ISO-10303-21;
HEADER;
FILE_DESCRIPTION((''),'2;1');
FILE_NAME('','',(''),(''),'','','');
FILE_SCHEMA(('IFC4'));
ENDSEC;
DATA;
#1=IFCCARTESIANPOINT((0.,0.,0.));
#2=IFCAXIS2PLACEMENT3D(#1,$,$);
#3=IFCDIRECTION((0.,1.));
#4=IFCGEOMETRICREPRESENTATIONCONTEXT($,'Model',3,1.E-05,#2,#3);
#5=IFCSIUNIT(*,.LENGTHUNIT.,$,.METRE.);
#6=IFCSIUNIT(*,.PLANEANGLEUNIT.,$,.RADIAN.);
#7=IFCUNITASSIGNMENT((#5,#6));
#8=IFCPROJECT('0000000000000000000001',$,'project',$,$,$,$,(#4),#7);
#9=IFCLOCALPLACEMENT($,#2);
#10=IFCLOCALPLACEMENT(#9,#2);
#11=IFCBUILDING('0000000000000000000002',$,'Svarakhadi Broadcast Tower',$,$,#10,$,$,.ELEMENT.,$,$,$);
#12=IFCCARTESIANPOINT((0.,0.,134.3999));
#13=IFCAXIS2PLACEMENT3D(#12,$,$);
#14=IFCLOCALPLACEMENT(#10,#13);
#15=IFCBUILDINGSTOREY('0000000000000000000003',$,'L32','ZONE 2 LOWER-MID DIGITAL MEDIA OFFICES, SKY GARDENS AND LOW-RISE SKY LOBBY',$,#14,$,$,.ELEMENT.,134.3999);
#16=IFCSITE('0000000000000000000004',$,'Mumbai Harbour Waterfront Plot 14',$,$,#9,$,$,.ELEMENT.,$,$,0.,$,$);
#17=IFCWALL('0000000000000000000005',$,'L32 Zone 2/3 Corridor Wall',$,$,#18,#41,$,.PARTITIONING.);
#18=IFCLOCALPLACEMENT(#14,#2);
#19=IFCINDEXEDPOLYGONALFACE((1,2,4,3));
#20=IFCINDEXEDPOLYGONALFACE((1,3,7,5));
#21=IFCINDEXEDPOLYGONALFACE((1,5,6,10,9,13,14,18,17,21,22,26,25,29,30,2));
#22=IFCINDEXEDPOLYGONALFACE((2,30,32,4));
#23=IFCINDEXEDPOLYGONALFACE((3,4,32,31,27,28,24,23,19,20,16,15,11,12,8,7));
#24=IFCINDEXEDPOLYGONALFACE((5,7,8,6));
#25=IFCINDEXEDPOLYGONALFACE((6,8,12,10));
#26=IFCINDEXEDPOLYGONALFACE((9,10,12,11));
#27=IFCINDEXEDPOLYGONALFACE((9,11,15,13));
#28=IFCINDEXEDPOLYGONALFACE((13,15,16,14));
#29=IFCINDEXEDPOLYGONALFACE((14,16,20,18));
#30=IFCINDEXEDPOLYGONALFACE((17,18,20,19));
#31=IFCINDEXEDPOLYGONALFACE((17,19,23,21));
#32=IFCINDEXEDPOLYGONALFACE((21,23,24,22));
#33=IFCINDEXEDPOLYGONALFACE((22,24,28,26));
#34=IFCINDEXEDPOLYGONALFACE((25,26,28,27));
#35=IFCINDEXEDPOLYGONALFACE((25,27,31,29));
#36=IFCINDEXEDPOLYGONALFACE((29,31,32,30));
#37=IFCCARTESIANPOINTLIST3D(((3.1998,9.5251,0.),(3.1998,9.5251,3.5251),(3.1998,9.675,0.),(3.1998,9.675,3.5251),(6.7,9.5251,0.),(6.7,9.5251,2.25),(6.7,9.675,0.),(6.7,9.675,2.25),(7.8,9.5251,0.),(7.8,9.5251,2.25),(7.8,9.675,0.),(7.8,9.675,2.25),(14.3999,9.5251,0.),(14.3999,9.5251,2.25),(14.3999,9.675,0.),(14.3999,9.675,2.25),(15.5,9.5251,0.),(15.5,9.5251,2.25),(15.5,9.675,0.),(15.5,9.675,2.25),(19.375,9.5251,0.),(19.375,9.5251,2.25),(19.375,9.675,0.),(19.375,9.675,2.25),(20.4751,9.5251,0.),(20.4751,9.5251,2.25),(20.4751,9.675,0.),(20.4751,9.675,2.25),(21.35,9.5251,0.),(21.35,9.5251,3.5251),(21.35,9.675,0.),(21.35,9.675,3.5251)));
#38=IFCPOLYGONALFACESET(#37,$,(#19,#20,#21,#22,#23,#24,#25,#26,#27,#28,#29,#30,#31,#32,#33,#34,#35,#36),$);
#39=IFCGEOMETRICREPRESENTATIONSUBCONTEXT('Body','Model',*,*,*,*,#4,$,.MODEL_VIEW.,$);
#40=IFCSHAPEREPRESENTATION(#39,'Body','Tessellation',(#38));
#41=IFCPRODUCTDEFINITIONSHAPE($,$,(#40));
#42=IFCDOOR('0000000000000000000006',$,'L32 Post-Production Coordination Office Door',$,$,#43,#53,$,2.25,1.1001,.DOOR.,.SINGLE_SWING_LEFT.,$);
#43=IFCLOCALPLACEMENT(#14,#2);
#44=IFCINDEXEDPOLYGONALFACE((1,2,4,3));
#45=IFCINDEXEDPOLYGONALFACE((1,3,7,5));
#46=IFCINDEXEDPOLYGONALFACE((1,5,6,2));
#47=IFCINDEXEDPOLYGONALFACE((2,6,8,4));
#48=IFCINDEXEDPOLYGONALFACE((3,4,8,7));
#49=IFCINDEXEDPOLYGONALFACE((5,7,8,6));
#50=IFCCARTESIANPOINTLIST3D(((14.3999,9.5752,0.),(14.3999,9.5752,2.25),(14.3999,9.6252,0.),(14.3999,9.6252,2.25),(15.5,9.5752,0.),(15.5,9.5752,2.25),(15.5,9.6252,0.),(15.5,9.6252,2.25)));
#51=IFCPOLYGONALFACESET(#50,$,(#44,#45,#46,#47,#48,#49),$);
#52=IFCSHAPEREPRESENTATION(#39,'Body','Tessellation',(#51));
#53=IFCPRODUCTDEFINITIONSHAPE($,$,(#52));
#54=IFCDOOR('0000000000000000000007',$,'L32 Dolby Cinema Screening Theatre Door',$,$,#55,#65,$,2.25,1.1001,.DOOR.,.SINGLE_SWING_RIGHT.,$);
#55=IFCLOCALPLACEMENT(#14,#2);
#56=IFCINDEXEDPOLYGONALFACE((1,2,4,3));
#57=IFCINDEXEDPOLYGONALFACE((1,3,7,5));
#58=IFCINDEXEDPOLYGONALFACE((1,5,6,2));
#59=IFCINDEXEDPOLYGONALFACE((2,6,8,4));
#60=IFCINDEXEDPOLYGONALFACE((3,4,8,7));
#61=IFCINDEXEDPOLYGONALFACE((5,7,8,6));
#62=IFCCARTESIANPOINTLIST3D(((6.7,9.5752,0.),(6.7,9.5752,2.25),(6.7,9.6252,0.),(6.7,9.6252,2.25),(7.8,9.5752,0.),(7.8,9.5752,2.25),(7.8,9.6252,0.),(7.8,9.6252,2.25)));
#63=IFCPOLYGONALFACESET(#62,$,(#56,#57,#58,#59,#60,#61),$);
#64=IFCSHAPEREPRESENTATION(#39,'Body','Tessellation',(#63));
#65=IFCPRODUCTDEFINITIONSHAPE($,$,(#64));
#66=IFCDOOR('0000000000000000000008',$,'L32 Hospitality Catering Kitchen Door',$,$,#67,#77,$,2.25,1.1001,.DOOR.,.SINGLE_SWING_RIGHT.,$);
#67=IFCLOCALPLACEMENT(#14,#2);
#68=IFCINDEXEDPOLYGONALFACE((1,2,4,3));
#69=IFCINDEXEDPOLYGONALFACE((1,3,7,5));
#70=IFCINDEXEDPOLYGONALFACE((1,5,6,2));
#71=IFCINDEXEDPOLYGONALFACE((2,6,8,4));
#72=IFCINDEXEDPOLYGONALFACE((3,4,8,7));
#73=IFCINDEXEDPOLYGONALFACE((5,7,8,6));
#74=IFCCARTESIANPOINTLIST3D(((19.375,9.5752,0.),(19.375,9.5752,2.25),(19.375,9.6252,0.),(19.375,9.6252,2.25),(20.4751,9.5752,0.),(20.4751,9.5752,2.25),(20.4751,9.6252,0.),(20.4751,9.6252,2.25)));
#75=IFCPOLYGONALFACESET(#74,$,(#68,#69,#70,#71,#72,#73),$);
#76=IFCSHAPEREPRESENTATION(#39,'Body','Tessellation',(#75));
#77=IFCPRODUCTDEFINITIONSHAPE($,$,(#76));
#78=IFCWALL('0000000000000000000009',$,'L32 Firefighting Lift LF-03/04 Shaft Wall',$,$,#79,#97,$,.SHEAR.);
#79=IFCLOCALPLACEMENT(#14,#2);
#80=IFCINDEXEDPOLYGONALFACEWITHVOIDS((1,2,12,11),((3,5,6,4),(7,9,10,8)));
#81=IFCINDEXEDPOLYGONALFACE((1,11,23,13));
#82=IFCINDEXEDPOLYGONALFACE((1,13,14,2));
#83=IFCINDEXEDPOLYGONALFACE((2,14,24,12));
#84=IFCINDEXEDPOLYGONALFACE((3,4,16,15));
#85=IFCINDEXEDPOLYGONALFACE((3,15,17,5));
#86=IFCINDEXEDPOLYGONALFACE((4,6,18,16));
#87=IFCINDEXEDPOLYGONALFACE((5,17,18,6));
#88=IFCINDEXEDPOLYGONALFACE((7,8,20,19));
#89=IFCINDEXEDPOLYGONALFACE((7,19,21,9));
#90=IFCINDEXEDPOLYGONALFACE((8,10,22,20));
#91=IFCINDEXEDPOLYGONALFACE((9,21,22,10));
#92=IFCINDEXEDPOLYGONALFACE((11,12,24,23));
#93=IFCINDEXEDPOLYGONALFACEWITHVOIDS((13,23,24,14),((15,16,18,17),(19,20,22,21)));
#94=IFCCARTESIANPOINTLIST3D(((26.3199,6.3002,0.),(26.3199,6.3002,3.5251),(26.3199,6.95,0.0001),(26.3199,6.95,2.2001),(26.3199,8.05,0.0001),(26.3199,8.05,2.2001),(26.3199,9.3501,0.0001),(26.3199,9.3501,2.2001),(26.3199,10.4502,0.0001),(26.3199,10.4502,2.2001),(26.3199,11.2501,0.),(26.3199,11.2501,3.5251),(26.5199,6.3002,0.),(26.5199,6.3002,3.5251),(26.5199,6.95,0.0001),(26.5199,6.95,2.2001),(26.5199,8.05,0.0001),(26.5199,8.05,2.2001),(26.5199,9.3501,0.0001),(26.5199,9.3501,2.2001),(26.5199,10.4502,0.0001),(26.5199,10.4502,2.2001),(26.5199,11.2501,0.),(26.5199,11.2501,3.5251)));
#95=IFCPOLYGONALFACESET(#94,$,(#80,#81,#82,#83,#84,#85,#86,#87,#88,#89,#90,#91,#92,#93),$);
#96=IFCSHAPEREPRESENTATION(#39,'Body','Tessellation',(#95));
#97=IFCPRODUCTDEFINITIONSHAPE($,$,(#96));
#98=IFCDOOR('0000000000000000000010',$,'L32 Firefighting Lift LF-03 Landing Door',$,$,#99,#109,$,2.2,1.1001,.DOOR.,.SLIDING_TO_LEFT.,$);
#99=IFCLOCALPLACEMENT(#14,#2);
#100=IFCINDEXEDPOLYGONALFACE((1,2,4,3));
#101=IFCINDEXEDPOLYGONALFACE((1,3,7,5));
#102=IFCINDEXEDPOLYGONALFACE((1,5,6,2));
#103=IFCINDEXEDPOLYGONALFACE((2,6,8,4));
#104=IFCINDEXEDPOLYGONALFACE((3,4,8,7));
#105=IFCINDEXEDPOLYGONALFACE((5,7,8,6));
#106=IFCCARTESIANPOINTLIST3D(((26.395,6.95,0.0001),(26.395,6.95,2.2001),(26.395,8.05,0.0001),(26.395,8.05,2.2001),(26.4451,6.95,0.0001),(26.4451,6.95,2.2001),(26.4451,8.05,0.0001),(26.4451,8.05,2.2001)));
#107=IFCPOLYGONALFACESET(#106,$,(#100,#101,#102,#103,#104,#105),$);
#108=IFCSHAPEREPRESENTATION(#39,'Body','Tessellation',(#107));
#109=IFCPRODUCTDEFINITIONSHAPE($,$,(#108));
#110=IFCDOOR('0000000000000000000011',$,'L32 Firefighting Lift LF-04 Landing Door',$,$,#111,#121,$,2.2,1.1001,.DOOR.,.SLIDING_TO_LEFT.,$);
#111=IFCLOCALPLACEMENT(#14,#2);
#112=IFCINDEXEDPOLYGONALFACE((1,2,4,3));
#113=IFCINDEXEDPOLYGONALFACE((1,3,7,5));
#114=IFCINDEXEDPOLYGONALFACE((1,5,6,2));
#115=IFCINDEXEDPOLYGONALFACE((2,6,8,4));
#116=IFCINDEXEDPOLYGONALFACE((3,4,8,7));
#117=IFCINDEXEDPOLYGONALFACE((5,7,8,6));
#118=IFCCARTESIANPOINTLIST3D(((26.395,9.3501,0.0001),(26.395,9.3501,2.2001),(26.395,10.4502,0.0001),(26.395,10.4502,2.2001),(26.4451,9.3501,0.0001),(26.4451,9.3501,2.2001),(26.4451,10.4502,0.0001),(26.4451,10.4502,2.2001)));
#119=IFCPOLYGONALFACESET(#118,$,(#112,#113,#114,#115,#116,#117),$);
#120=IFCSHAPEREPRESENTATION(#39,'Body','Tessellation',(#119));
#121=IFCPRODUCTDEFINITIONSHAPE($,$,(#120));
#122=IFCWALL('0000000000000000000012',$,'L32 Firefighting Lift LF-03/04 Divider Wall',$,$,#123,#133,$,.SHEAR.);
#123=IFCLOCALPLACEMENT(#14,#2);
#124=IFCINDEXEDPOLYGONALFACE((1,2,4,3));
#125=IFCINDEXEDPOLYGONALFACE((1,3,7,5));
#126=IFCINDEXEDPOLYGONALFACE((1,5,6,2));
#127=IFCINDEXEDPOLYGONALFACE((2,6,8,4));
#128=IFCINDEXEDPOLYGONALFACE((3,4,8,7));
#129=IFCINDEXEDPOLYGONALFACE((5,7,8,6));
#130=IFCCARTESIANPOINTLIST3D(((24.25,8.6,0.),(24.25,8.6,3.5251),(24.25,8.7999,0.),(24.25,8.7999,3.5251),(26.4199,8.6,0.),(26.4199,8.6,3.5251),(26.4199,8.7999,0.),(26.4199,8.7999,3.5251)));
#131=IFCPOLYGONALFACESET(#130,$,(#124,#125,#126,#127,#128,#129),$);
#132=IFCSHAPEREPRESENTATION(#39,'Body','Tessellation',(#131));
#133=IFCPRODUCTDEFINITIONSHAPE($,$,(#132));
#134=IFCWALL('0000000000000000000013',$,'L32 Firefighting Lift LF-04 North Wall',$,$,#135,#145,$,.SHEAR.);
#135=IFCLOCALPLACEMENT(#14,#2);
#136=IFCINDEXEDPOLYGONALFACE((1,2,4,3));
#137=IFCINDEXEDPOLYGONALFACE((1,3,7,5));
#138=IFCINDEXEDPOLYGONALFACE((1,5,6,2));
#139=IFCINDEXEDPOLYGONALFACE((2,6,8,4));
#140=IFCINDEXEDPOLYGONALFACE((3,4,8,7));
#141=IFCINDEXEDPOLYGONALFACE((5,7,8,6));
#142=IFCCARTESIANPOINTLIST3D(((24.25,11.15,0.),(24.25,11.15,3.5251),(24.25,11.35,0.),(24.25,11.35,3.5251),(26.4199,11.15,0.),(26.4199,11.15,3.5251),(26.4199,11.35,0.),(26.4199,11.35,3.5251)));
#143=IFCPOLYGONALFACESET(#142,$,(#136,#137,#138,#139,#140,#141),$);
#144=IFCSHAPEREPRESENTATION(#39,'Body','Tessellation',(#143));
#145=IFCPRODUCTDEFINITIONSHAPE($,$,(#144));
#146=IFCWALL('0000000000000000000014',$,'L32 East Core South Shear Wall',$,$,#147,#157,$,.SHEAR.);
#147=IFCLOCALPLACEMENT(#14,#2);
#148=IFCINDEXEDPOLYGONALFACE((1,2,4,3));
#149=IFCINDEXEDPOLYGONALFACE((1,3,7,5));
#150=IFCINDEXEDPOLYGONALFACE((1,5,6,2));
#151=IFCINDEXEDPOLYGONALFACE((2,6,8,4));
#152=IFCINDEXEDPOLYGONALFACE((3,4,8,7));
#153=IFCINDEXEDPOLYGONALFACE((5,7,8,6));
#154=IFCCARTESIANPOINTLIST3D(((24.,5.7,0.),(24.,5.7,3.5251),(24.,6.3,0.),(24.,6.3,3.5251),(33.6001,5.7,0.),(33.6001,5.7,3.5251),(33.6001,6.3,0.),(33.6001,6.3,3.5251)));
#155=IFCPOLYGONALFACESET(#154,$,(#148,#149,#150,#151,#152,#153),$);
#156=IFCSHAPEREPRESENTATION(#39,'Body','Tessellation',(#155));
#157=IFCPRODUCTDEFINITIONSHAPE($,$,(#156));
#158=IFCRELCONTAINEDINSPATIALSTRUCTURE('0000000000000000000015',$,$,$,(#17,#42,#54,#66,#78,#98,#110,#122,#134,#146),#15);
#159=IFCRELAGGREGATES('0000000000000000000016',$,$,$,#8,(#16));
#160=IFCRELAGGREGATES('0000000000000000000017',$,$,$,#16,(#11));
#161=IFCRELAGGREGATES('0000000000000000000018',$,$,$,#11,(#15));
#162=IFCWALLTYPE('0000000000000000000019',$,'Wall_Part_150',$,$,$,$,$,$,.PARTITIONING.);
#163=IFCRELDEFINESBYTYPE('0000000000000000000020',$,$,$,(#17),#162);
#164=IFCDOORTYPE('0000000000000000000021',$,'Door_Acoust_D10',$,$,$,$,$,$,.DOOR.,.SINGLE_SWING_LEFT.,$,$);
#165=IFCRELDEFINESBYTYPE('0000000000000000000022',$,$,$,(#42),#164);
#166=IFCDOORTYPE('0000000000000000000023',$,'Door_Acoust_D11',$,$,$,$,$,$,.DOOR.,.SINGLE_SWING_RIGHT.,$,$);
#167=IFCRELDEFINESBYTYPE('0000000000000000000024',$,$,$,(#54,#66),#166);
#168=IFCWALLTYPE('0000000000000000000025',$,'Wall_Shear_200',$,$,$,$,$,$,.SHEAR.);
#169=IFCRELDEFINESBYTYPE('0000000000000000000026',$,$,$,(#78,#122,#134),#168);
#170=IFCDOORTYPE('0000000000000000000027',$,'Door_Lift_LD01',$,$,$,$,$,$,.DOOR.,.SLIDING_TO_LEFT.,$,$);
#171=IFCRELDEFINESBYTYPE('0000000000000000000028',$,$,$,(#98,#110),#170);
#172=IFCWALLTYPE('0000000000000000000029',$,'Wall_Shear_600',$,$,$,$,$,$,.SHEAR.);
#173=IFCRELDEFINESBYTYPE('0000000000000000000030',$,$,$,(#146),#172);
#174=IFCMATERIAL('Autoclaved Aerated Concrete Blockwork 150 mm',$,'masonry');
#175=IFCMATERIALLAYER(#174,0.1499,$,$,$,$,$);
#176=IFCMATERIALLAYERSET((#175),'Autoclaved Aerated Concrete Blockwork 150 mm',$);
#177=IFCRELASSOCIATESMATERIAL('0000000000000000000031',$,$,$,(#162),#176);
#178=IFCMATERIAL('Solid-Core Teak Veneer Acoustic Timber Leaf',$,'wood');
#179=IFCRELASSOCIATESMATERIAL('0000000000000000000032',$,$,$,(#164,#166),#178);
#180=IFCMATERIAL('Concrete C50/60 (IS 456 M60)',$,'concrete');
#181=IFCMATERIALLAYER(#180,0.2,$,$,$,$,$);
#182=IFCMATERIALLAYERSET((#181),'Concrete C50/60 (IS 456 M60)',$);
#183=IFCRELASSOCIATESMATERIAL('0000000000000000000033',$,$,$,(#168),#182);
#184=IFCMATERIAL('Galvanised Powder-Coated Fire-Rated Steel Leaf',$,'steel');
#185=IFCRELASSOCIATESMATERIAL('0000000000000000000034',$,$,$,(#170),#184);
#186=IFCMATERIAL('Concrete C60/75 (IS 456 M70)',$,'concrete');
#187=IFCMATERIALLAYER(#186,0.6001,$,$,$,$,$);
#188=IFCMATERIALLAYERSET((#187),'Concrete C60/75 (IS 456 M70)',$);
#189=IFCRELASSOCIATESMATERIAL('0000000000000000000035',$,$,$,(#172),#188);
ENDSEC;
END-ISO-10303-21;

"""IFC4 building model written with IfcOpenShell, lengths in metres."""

from ifc_helpers import new_model, si_unit, direction, frame, frame_2d, origin, place, context, subcontext, project, spatial, rectangle, extrude, material, layer, layer_set, type_object, element, fill, save


model = new_model("IFC4")

# Units and contexts
model_context = context("Model", 3, precision=1e-05, world=origin(), true_north=direction((0.0, 1.0)))
body_context = subcontext(model_context, "Body", "Model", "MODEL_VIEW")
ifc_project = project(units=[si_unit("LENGTHUNIT", "METRE"), si_unit("PLANEANGLEUNIT", "RADIAN")], contexts=[model_context])

# Site, building, storey
site_placement = place(None, origin())
site = spatial("IfcSite", under=ifc_project, at=site_placement, Name="Mumbai Harbour Waterfront Plot 14", CompositionType="ELEMENT", RefElevation=0.0)
building_placement = place(site_placement, origin())
building = spatial("IfcBuilding", under=site, at=building_placement, Name="Svarakhadi Broadcast Tower", CompositionType="ELEMENT")
storey_placement = place(building_placement, frame((0.0, 0.0, 134.3999)))
storey = spatial("IfcBuildingStorey", under=building, at=storey_placement, Name="L32", Description="ZONE 2 LOWER-MID DIGITAL MEDIA OFFICES, SKY GARDENS AND LOW-RISE SKY LOBBY", CompositionType="ELEMENT", Elevation=134.3999)

# Shared definitions
ifc_material_1 = material(Name="Concrete C50/60 (IS 456 M60)", Category="concrete")

# Shared definitions
ifc_material_2 = material(Name="Autoclaved Aerated Concrete Blockwork 150 mm", Category="masonry")
ifc_layer_1 = layer(ifc_material_2, 0.1499)
ifc_layer_set_1 = layer_set([ifc_layer_1], Name="Autoclaved Aerated Concrete Blockwork 150 mm")
wall_type_1 = type_object("IfcWallType", Name="Wall_Part_150", PredefinedType="PARTITIONING", material=ifc_layer_set_1)

# Walls, openings, doors
wall_1_placement = place(storey_placement, frame((21.3501, 9.6001, 0.0), z_axis=(0.0, 0.0, 1.0), x_axis=(-1.0, 0.0, 0.0)))
wall_1 = element("IfcWall", 1, at=wall_1_placement, inside=storey, type_object=wall_type_1, Name="L32 Zone 2/3 Corridor Wall", PredefinedType="PARTITIONING", context=body_context, shape_type="SweptSolid", body=[
    extrude(rectangle(XDim=18.1501, YDim=0.1499, at=frame_2d((9.0752, 0.0))), origin(), (0.0, 0.0, 1.0), 3.5251),
])
opening_1_placement = place(wall_1_placement, frame((13.55, 0.0, 0.0)))
opening_1 = element("IfcOpeningElement", 2, at=opening_1_placement, cuts=wall_1, PredefinedType="OPENING", context=body_context, shape_type="SweptSolid", body=[
    extrude(rectangle(XDim=1.1001, YDim=2.25, at=frame_2d((0.55, 1.125))), frame((0.0, 0.085, 0.0), z_axis=(0.0, -1.0, 0.0), x_axis=(1.0, 0.0, 0.0)), (0.0, 0.0, 1.0), 0.1699),
])
opening_2_placement = place(wall_1_placement, frame((5.8501, 0.0, 0.0)))
opening_2 = element("IfcOpeningElement", 3, at=opening_2_placement, cuts=wall_1, PredefinedType="OPENING", context=body_context, shape_type="SweptSolid", body=[
    extrude(rectangle(XDim=1.1001, YDim=2.25, at=frame_2d((0.55, 1.125))), frame((0.0, 0.085, 0.0), z_axis=(0.0, -1.0, 0.0), x_axis=(1.0, 0.0, 0.0)), (0.0, 0.0, 1.0), 0.1699),
])
opening_3_placement = place(wall_1_placement, frame((0.875, 0.0, 0.0)))
opening_3 = element("IfcOpeningElement", 4, at=opening_3_placement, cuts=wall_1, PredefinedType="OPENING", context=body_context, shape_type="SweptSolid", body=[
    extrude(rectangle(XDim=1.1001, YDim=2.25, at=frame_2d((0.55, 1.125))), frame((0.0, 0.085, 0.0), z_axis=(0.0, -1.0, 0.0), x_axis=(1.0, 0.0, 0.0)), (0.0, 0.0, 1.0), 0.1699),
])
ifc_material_3 = material(Name="Solid-Core Teak Veneer Acoustic Timber Leaf", Category="wood")
door_type_1 = type_object("IfcDoorType", Name="Door_Acoust_D10", OperationType="SINGLE_SWING_LEFT", PredefinedType="DOOR", material=ifc_material_3)
door_1_placement = place(opening_2_placement, origin())
door_1 = element("IfcDoor", 5, at=door_1_placement, inside=storey, type_object=door_type_1, Name="L32 Post-Production Coordination Office Door", OperationType="SINGLE_SWING_LEFT", OverallHeight=2.25, OverallWidth=1.1001, PredefinedType="DOOR", context=body_context, shape_type="SweptSolid", body=[
    extrude(rectangle(XDim=1.1001, YDim=2.25, at=frame_2d((0.55, 1.125))), frame((0.0, 0.0249, 0.0), z_axis=(0.0, -1.0, 0.0), x_axis=(1.0, 0.0, 0.0)), (0.0, 0.0, 1.0), 0.05),
])
fill(opening_2, door_1)
door_type_2 = type_object("IfcDoorType", Name="Door_Acoust_D11", OperationType="SINGLE_SWING_RIGHT", PredefinedType="DOOR", material=ifc_material_3)
door_2_placement = place(opening_1_placement, origin())
door_2 = element("IfcDoor", 6, at=door_2_placement, inside=storey, type_object=door_type_2, Name="L32 Dolby Cinema Screening Theatre Door", OperationType="SINGLE_SWING_RIGHT", OverallHeight=2.25, OverallWidth=1.1001, PredefinedType="DOOR", context=body_context, shape_type="SweptSolid", body=[
    extrude(rectangle(XDim=1.1001, YDim=2.25, at=frame_2d((0.55, 1.125))), frame((0.0, 0.0249, 0.0), z_axis=(0.0, -1.0, 0.0), x_axis=(1.0, 0.0, 0.0)), (0.0, 0.0, 1.0), 0.05),
])
fill(opening_1, door_2)
door_3_placement = place(opening_3_placement, origin())
door_3 = element("IfcDoor", 7, at=door_3_placement, inside=storey, type_object=door_type_2, Name="L32 Hospitality Catering Kitchen Door", OperationType="SINGLE_SWING_RIGHT", OverallHeight=2.25, OverallWidth=1.1001, PredefinedType="DOOR", context=body_context, shape_type="SweptSolid", body=[
    extrude(rectangle(XDim=1.1001, YDim=2.25, at=frame_2d((0.55, 1.125))), frame((0.0, 0.0249, 0.0), z_axis=(0.0, -1.0, 0.0), x_axis=(1.0, 0.0, 0.0)), (0.0, 0.0, 1.0), 0.05),
])
fill(opening_3, door_3)
ifc_layer_2 = layer(ifc_material_1, 0.2)
ifc_layer_set_2 = layer_set([ifc_layer_2], Name="Concrete C50/60 (IS 456 M60)")
wall_type_2 = type_object("IfcWallType", Name="Wall_Shear_200", PredefinedType="SHEAR", material=ifc_layer_set_2)
wall_2_placement = place(storey_placement, frame((26.4199, 6.3, 0.0), z_axis=(0.0, 0.0, 1.0), x_axis=(0.0, 1.0, 0.0)))
wall_2 = element("IfcWall", 8, at=wall_2_placement, inside=storey, type_object=wall_type_2, Name="L32 Firefighting Lift LF-03/04 Shaft Wall", PredefinedType="SHEAR", context=body_context, shape_type="SweptSolid", body=[
    extrude(rectangle(XDim=4.95, YDim=0.2, at=frame_2d((2.4751, 0.0))), origin(), (0.0, 0.0, 1.0), 3.5251),
])
opening_4_placement = place(wall_2_placement, frame((0.6499, 0.0, 0.0)))
opening_4 = element("IfcOpeningElement", 9, at=opening_4_placement, cuts=wall_2, PredefinedType="OPENING", context=body_context, shape_type="SweptSolid", body=[
    extrude(rectangle(XDim=1.1001, YDim=2.2, at=frame_2d((0.55, 1.1001))), frame((0.0, 0.1099, 0.0), z_axis=(0.0, -1.0, 0.0), x_axis=(1.0, 0.0, 0.0)), (0.0, 0.0, 1.0), 0.22),
])
opening_5_placement = place(wall_2_placement, frame((3.05, 0.0, 0.0)))
opening_5 = element("IfcOpeningElement", 10, at=opening_5_placement, cuts=wall_2, PredefinedType="OPENING", context=body_context, shape_type="SweptSolid", body=[
    extrude(rectangle(XDim=1.1001, YDim=2.2, at=frame_2d((0.55, 1.1001))), frame((0.0, 0.1099, 0.0), z_axis=(0.0, -1.0, 0.0), x_axis=(1.0, 0.0, 0.0)), (0.0, 0.0, 1.0), 0.22),
])
ifc_material_4 = material(Name="Galvanised Powder-Coated Fire-Rated Steel Leaf", Category="steel")
door_type_3 = type_object("IfcDoorType", Name="Door_Lift_LD01", OperationType="SLIDING_TO_LEFT", PredefinedType="DOOR", material=ifc_material_4)
door_4_placement = place(opening_4_placement, origin())
door_4 = element("IfcDoor", 11, at=door_4_placement, inside=storey, type_object=door_type_3, Name="L32 Firefighting Lift LF-03 Landing Door", OperationType="SLIDING_TO_LEFT", OverallHeight=2.2, OverallWidth=1.1001, PredefinedType="DOOR", context=body_context, shape_type="SweptSolid", body=[
    extrude(rectangle(XDim=1.1001, YDim=2.2, at=frame_2d((0.55, 1.1001))), frame((0.0, 0.0249, 0.0), z_axis=(0.0, -1.0, 0.0), x_axis=(1.0, 0.0, 0.0)), (0.0, 0.0, 1.0), 0.05),
])
fill(opening_4, door_4)
door_5_placement = place(opening_5_placement, origin())
door_5 = element("IfcDoor", 12, at=door_5_placement, inside=storey, type_object=door_type_3, Name="L32 Firefighting Lift LF-04 Landing Door", OperationType="SLIDING_TO_LEFT", OverallHeight=2.2, OverallWidth=1.1001, PredefinedType="DOOR", context=body_context, shape_type="SweptSolid", body=[
    extrude(rectangle(XDim=1.1001, YDim=2.2, at=frame_2d((0.55, 1.1001))), frame((0.0, 0.0249, 0.0), z_axis=(0.0, -1.0, 0.0), x_axis=(1.0, 0.0, 0.0)), (0.0, 0.0, 1.0), 0.05),
])
fill(opening_5, door_5)

# Walls
for number, where, z_axis, x_axis, name in (
    (13, (24.25, 8.7, 0.0), (0.0, 0.0, 1.0), (1.0, 0.0, 0.0), "L32 Firefighting Lift LF-03/04 Divider Wall"),
    (14, (24.25, 11.25, 0.0), (0.0, 0.0, 1.0), (1.0, 0.0, 0.0), "L32 Firefighting Lift LF-04 North Wall"),
):
    element("IfcWall", number, at=place(storey_placement, frame(where, z_axis=z_axis, x_axis=x_axis)), inside=storey, type_object=wall_type_2, Name=name, PredefinedType="SHEAR", context=body_context, shape_type="SweptSolid", body=[
        extrude(rectangle(XDim=2.1699, YDim=0.2, at=frame_2d((1.085, 0.0))), origin(), (0.0, 0.0, 1.0), 3.5251),
    ])
ifc_material_5 = material(Name="Concrete C60/75 (IS 456 M70)", Category="concrete")
ifc_layer_3 = layer(ifc_material_5, 0.6001)
ifc_layer_set_3 = layer_set([ifc_layer_3], Name="Concrete C60/75 (IS 456 M70)")
wall_type_3 = type_object("IfcWallType", Name="Wall_Shear_600", PredefinedType="SHEAR", material=ifc_layer_set_3)
wall_3_placement = place(storey_placement, frame((24.0, 6.0, 0.0), z_axis=(0.0, 0.0, 1.0), x_axis=(1.0, 0.0, 0.0)))
element("IfcWall", 15, at=wall_3_placement, inside=storey, type_object=wall_type_3, Name="L32 East Core South Shear Wall", PredefinedType="SHEAR", context=body_context, shape_type="SweptSolid", body=[
    extrude(rectangle(XDim=9.6001, YDim=0.6001, at=frame_2d((4.8, 0.0))), origin(), (0.0, 0.0, 1.0), 3.5251),
])

save(model, "model.ifc")
